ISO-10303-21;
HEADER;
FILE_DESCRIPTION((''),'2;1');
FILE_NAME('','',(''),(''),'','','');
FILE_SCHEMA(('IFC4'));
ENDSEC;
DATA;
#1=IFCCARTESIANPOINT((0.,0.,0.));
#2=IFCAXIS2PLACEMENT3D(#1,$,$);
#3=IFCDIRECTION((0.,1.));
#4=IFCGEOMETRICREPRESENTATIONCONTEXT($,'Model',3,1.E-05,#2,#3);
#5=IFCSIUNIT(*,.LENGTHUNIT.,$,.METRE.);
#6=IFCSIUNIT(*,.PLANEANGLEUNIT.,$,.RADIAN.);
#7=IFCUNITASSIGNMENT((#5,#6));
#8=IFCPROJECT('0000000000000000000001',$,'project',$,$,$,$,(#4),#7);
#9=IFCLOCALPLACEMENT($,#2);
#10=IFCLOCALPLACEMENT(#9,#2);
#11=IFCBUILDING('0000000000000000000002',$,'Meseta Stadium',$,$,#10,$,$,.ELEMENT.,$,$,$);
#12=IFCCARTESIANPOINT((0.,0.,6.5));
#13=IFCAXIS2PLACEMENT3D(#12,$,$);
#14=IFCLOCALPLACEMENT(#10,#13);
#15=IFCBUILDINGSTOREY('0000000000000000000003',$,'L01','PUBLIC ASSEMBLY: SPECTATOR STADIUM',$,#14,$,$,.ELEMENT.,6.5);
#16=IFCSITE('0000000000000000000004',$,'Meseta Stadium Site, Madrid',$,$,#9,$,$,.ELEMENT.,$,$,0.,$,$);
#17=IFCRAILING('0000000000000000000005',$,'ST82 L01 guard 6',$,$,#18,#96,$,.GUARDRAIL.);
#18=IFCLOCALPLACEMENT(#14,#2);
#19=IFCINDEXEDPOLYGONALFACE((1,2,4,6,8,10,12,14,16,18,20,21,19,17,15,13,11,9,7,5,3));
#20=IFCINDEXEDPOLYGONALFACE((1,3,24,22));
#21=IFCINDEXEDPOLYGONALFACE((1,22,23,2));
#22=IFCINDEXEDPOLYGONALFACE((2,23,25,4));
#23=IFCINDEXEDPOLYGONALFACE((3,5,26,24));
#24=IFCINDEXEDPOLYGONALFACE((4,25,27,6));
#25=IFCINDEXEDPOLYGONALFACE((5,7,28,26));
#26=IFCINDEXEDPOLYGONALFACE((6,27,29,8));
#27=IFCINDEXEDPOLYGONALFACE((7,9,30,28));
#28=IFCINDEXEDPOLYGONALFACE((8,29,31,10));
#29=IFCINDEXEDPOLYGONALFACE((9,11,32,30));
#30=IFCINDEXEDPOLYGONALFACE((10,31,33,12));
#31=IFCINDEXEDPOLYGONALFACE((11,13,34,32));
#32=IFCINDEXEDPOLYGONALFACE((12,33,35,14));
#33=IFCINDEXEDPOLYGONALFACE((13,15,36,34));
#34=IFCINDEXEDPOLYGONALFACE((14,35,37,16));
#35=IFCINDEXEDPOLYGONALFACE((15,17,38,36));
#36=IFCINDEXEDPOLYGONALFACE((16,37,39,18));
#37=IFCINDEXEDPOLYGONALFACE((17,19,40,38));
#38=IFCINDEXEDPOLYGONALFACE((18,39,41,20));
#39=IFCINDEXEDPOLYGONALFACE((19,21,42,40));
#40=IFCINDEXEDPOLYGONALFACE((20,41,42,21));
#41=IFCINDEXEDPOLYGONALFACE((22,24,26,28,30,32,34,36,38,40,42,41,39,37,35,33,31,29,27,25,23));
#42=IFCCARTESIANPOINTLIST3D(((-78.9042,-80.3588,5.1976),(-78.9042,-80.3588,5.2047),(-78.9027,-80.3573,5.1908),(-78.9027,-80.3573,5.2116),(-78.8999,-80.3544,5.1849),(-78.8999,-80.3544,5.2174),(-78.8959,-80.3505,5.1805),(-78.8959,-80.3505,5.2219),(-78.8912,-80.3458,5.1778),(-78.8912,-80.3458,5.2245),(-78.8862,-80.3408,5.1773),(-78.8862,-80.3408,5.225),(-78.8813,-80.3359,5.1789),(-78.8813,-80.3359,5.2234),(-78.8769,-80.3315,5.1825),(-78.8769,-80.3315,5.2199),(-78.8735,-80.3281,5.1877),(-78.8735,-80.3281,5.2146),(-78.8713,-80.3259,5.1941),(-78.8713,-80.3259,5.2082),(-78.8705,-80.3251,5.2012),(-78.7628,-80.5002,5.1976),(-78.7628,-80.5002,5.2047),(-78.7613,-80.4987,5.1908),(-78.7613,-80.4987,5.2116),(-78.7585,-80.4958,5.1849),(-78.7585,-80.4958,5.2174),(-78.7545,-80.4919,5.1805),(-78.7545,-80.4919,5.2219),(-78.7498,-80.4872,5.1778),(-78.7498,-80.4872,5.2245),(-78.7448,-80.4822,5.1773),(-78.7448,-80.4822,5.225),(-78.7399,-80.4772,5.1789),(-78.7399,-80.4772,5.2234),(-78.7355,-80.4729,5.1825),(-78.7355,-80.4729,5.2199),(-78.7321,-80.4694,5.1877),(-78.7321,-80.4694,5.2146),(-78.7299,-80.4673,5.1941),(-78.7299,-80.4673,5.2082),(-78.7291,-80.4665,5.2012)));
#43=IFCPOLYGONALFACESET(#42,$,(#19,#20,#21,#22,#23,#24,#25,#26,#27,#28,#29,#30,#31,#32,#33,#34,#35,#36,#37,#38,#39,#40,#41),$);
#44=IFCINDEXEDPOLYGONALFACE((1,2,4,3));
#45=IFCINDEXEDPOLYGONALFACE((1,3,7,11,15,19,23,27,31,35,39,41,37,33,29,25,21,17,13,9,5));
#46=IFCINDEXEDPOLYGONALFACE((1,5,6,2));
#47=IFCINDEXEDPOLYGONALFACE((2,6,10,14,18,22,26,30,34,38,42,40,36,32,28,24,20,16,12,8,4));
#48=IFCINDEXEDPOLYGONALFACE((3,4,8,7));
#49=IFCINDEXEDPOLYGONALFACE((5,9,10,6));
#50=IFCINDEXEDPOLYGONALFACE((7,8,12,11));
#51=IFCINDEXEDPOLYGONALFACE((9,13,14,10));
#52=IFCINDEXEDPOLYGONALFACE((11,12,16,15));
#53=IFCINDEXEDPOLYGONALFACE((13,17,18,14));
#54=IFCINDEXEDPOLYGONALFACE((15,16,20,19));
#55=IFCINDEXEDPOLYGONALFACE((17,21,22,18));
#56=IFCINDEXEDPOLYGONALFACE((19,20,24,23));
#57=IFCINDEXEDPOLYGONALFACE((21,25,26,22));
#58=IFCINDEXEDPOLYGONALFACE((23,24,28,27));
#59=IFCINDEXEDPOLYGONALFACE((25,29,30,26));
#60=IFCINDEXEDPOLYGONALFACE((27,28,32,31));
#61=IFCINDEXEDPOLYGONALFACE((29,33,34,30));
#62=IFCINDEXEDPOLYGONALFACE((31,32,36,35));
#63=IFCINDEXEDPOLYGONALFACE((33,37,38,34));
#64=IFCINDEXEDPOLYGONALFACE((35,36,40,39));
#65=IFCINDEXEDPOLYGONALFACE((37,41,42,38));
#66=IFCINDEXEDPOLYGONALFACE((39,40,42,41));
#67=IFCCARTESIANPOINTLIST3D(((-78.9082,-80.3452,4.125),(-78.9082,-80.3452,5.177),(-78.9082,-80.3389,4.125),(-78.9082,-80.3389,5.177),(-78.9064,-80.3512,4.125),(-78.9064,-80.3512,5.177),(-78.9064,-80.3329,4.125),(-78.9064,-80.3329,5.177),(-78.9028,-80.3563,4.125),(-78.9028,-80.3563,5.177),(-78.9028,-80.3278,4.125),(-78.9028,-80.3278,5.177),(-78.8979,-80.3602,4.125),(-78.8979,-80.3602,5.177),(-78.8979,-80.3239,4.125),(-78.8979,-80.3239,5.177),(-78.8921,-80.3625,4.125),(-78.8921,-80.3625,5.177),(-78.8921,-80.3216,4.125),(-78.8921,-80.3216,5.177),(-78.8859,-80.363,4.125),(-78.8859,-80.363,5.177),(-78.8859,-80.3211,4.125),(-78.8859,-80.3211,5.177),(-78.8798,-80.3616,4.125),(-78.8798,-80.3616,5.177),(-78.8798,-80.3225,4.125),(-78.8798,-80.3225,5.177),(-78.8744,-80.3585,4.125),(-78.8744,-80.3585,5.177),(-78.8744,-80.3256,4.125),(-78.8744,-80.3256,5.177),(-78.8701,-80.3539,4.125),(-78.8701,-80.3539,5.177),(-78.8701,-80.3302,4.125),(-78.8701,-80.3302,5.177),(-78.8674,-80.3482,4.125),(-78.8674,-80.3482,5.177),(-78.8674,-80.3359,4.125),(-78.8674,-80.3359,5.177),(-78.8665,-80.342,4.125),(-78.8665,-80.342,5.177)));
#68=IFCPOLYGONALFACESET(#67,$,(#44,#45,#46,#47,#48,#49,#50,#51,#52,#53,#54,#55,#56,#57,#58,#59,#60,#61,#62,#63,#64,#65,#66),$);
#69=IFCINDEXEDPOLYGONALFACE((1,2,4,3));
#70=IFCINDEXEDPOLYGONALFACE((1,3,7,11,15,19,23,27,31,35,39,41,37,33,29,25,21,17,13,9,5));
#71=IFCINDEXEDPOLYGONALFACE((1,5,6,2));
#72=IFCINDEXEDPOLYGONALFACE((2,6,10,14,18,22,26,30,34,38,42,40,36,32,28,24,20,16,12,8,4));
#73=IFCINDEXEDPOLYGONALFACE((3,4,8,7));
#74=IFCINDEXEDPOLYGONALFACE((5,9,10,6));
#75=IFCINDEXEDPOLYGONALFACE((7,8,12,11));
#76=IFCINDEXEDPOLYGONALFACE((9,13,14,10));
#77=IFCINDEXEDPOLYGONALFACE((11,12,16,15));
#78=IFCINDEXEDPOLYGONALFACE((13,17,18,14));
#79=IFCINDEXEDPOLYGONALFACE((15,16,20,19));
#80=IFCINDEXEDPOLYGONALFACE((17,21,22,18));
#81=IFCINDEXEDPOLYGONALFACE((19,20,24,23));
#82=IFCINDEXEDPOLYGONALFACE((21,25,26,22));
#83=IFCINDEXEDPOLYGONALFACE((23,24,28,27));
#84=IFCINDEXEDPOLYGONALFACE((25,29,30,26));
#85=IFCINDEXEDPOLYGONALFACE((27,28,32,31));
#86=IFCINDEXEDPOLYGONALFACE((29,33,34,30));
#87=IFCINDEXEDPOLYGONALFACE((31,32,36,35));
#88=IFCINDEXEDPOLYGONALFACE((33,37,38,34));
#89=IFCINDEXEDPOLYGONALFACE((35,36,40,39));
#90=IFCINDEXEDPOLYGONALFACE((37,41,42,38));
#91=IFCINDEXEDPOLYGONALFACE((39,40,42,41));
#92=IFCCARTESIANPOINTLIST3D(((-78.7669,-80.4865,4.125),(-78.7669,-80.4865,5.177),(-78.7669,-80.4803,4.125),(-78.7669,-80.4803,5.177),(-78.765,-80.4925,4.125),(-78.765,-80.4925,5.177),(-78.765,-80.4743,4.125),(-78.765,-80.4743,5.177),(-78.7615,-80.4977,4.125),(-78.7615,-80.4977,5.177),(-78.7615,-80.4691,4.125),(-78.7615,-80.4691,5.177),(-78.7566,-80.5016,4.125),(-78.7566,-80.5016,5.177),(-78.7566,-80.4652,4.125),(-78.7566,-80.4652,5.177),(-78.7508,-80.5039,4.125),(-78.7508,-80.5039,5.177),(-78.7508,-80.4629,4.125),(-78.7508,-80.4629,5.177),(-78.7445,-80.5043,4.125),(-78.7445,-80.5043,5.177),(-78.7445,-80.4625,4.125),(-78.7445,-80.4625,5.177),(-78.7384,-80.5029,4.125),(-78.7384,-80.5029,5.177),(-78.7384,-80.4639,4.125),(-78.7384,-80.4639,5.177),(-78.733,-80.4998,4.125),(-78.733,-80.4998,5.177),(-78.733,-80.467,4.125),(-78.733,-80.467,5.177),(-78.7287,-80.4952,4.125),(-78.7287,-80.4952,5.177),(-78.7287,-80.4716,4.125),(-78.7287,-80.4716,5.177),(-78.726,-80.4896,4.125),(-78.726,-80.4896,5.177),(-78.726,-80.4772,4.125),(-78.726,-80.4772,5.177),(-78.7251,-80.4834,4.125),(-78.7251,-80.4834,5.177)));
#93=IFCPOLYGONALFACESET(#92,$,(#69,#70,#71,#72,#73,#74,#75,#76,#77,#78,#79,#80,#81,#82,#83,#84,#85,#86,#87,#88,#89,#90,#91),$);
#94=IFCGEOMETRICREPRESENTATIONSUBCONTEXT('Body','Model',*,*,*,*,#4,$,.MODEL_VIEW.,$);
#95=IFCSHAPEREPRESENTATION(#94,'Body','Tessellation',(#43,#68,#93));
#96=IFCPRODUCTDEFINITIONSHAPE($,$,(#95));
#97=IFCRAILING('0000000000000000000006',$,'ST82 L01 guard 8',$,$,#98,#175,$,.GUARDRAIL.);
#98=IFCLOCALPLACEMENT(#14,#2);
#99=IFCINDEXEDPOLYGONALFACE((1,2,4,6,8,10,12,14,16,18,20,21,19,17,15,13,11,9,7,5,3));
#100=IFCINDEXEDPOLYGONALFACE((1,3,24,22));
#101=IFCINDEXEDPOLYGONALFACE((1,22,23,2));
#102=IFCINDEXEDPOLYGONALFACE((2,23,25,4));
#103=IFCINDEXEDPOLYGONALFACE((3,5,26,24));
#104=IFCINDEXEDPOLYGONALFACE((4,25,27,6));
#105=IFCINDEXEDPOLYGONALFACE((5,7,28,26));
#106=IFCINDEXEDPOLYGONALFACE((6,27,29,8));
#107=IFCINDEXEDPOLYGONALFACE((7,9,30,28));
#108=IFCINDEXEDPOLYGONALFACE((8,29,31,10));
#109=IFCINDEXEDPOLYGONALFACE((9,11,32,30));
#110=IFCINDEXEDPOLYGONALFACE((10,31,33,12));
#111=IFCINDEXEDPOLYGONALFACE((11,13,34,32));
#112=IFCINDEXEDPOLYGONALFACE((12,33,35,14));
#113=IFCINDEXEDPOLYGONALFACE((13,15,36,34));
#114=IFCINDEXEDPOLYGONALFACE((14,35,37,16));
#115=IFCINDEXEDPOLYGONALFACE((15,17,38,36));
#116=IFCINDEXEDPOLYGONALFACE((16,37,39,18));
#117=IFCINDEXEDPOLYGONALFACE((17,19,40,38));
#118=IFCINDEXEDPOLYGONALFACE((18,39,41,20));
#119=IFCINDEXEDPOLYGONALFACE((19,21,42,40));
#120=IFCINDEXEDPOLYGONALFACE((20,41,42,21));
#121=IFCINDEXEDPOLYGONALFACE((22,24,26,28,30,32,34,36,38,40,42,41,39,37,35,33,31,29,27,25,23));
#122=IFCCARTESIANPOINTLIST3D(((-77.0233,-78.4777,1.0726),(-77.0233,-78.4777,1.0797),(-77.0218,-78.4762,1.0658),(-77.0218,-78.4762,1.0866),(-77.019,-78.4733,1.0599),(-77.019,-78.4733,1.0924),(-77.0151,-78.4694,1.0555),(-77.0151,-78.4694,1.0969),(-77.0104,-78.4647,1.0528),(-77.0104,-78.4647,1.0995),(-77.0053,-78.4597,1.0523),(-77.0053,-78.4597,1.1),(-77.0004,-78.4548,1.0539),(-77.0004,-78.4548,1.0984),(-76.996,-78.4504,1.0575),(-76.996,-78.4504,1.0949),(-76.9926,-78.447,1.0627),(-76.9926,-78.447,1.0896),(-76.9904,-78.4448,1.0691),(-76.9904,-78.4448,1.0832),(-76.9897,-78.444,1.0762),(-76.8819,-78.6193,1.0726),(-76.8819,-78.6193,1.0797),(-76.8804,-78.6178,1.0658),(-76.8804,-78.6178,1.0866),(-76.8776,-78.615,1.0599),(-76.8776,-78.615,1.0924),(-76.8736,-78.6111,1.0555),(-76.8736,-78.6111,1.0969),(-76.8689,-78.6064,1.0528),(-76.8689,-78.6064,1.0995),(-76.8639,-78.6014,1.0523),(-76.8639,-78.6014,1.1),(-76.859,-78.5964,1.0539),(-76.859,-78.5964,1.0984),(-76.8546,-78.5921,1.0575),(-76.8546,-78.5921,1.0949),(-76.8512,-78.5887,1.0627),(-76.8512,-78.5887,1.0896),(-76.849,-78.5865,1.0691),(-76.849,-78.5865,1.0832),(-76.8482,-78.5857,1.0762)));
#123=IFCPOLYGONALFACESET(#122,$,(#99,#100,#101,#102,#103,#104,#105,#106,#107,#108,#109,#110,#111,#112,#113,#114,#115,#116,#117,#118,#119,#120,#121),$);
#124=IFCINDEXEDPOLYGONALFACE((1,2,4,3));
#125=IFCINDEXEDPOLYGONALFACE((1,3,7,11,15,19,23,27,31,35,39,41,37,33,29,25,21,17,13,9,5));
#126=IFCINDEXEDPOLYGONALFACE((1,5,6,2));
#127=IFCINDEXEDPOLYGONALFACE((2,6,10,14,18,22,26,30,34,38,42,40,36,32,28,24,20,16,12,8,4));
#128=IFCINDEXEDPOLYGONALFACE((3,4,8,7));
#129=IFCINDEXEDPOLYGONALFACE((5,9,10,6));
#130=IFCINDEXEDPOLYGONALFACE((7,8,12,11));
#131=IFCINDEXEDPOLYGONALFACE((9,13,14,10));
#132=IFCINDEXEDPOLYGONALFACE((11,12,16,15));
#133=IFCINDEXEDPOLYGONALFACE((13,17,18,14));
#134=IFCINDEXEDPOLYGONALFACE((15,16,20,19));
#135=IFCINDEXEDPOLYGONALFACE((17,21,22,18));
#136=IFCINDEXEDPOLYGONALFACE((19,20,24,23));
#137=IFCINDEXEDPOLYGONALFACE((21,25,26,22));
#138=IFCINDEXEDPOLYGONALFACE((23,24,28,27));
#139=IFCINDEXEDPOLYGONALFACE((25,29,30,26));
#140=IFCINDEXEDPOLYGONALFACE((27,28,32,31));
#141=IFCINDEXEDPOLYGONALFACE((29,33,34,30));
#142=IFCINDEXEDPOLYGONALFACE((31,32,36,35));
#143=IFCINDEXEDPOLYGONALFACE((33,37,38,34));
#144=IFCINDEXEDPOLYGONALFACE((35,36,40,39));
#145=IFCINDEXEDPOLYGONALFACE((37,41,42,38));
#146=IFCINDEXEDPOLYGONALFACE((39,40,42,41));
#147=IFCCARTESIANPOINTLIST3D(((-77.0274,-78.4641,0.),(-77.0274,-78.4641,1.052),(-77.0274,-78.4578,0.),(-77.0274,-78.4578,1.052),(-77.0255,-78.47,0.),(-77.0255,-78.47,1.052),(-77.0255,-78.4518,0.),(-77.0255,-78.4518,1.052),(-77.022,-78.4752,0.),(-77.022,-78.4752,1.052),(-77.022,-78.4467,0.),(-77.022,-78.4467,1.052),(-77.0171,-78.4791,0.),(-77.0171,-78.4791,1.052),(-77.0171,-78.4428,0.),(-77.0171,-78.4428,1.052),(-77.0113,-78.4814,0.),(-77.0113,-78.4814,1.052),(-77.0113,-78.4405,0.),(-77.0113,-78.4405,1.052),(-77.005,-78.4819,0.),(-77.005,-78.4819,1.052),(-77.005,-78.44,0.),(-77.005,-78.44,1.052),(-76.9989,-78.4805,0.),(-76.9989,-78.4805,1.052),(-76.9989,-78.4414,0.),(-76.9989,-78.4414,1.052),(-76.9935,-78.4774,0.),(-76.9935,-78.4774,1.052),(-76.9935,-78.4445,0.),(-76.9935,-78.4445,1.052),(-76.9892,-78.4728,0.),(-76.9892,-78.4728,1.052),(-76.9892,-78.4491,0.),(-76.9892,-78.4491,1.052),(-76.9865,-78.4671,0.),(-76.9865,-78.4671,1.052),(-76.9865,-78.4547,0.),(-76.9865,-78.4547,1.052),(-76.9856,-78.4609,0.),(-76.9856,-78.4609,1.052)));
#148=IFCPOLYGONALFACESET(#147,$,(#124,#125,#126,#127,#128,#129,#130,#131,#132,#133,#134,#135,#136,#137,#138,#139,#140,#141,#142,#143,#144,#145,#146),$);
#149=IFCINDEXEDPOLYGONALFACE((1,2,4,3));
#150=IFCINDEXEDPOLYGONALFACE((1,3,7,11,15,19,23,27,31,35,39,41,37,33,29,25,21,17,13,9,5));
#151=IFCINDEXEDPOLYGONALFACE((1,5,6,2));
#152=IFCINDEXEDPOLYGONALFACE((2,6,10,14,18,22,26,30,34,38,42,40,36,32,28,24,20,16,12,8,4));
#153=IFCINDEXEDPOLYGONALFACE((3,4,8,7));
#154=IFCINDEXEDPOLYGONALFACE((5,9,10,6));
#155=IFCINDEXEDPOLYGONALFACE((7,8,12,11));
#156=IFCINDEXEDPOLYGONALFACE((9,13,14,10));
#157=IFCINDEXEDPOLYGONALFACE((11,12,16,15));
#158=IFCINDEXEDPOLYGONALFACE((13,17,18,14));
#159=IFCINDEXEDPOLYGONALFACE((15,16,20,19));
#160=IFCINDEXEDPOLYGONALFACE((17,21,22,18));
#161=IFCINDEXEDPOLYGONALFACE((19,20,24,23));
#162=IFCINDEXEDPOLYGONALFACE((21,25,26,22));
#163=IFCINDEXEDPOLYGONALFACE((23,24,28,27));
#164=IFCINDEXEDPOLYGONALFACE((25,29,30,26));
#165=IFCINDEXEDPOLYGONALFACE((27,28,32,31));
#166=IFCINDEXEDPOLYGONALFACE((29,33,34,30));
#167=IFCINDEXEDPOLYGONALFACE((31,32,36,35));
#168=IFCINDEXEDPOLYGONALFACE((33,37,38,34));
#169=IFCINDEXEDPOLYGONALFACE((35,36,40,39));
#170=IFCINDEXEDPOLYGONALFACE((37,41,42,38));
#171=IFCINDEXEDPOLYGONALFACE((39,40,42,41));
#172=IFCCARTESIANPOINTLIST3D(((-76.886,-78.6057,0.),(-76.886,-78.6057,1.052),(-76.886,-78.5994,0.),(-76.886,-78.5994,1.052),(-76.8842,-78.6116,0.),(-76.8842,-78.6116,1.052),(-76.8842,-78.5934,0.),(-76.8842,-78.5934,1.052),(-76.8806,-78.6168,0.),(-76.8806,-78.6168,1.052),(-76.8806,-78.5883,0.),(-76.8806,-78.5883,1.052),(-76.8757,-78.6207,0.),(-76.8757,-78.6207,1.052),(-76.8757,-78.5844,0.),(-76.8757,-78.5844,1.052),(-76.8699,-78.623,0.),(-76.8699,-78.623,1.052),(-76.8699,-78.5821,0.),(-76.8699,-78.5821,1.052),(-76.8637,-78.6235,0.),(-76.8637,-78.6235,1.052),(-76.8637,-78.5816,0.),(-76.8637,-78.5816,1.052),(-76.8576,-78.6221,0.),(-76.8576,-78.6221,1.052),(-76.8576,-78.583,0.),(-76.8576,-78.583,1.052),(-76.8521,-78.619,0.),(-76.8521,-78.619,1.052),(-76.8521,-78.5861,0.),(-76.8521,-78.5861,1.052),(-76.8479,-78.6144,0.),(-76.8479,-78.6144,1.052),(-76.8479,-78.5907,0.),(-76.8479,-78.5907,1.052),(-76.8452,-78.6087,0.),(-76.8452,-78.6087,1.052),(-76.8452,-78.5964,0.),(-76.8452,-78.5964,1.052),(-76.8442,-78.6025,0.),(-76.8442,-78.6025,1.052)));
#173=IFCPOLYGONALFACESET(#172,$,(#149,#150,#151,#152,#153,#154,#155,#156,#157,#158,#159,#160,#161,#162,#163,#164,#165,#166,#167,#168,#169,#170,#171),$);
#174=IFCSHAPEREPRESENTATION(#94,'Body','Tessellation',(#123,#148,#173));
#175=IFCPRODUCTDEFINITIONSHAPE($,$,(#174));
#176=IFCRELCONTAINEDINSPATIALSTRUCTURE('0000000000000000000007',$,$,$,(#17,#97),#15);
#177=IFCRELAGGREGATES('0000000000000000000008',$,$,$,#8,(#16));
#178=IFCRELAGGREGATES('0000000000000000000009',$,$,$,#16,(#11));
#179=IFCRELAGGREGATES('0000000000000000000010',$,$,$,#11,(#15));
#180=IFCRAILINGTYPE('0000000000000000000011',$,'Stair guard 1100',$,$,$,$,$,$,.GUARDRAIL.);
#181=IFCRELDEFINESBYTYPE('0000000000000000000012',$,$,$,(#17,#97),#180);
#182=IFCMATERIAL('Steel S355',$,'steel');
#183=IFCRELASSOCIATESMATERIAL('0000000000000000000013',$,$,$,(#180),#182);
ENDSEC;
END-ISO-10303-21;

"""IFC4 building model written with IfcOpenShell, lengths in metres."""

from ifc_helpers import new_model, si_unit, direction, frame, origin, origin_2d, place, context, subcontext, project, spatial, circle, extrude, material, type_object, element, save


model = new_model("IFC4")

# Units and contexts
model_context = context("Model", 3, precision=1e-05, world=origin(), true_north=direction((0.0, 1.0)))
body_context = subcontext(model_context, "Body", "Model", "MODEL_VIEW")
ifc_project = project(units=[si_unit("LENGTHUNIT", "METRE"), si_unit("PLANEANGLEUNIT", "RADIAN")], contexts=[model_context])

# Site, building, storey
site_placement = place(None, origin())
site = spatial("IfcSite", under=ifc_project, at=site_placement, Name="Meseta Stadium Site, Madrid", CompositionType="ELEMENT", RefElevation=0.0)
building_placement = place(site_placement, origin())
building = spatial("IfcBuilding", under=site, at=building_placement, Name="Meseta Stadium", CompositionType="ELEMENT")
storey_placement = place(building_placement, frame((0.0, 0.0, 6.5)))
storey = spatial("IfcBuildingStorey", under=building, at=storey_placement, Name="L01", Description="PUBLIC ASSEMBLY: SPECTATOR STADIUM", CompositionType="ELEMENT", Elevation=6.5)

# Railings
ifc_material_1 = material(Name="Steel S355", Category="steel")
railing_type_1 = type_object("IfcRailingType", Name="Stair guard 1100", PredefinedType="GUARDRAIL", material=ifc_material_1)
railing_1_placement = place(storey_placement, frame((-78.8875, -80.342, 4.125)))
element("IfcRailing", 1, at=railing_1_placement, inside=storey, type_object=railing_type_1, Name="ST82 L01 guard 6", PredefinedType="GUARDRAIL", context=body_context, shape_type="SweptSolid", body=[
    extrude(circle(Radius=0.0239, at=origin_2d()), frame((0.0, 0.0, 1.0762), z_axis=(0.707107, -0.707107, 0.0), x_axis=(0.707107, 0.707107, 0.0)), (0.0, 0.0, 1.0), 0.2),
    extrude(circle(Radius=0.021, at=origin_2d()), origin(), (0.0, 0.0, 1.0), 1.052),
    extrude(circle(Radius=0.021, at=origin_2d()), frame((0.1414, -0.1414, 0.0)), (0.0, 0.0, 1.0), 1.052),
])
railing_2_placement = place(storey_placement, frame((-77.0066, -78.4609, 0.0)))
element("IfcRailing", 2, at=railing_2_placement, inside=storey, type_object=railing_type_1, Name="ST82 L01 guard 8", PredefinedType="GUARDRAIL", context=body_context, shape_type="SweptSolid", body=[
    extrude(circle(Radius=0.0239, at=origin_2d()), frame((0.0, 0.0, 1.0762), z_axis=(0.706496, -0.707717, 0.0), x_axis=(0.707717, 0.706496, 0.0)), (0.0, 0.0, 1.0), 0.2002),
    extrude(circle(Radius=0.021, at=origin_2d()), origin(), (0.0, 0.0, 1.0), 1.052),
    extrude(circle(Radius=0.021, at=origin_2d()), frame((0.1414, -0.1416, 0.0)), (0.0, 0.0, 1.0), 1.052),
])

save(model, "model.ifc")
